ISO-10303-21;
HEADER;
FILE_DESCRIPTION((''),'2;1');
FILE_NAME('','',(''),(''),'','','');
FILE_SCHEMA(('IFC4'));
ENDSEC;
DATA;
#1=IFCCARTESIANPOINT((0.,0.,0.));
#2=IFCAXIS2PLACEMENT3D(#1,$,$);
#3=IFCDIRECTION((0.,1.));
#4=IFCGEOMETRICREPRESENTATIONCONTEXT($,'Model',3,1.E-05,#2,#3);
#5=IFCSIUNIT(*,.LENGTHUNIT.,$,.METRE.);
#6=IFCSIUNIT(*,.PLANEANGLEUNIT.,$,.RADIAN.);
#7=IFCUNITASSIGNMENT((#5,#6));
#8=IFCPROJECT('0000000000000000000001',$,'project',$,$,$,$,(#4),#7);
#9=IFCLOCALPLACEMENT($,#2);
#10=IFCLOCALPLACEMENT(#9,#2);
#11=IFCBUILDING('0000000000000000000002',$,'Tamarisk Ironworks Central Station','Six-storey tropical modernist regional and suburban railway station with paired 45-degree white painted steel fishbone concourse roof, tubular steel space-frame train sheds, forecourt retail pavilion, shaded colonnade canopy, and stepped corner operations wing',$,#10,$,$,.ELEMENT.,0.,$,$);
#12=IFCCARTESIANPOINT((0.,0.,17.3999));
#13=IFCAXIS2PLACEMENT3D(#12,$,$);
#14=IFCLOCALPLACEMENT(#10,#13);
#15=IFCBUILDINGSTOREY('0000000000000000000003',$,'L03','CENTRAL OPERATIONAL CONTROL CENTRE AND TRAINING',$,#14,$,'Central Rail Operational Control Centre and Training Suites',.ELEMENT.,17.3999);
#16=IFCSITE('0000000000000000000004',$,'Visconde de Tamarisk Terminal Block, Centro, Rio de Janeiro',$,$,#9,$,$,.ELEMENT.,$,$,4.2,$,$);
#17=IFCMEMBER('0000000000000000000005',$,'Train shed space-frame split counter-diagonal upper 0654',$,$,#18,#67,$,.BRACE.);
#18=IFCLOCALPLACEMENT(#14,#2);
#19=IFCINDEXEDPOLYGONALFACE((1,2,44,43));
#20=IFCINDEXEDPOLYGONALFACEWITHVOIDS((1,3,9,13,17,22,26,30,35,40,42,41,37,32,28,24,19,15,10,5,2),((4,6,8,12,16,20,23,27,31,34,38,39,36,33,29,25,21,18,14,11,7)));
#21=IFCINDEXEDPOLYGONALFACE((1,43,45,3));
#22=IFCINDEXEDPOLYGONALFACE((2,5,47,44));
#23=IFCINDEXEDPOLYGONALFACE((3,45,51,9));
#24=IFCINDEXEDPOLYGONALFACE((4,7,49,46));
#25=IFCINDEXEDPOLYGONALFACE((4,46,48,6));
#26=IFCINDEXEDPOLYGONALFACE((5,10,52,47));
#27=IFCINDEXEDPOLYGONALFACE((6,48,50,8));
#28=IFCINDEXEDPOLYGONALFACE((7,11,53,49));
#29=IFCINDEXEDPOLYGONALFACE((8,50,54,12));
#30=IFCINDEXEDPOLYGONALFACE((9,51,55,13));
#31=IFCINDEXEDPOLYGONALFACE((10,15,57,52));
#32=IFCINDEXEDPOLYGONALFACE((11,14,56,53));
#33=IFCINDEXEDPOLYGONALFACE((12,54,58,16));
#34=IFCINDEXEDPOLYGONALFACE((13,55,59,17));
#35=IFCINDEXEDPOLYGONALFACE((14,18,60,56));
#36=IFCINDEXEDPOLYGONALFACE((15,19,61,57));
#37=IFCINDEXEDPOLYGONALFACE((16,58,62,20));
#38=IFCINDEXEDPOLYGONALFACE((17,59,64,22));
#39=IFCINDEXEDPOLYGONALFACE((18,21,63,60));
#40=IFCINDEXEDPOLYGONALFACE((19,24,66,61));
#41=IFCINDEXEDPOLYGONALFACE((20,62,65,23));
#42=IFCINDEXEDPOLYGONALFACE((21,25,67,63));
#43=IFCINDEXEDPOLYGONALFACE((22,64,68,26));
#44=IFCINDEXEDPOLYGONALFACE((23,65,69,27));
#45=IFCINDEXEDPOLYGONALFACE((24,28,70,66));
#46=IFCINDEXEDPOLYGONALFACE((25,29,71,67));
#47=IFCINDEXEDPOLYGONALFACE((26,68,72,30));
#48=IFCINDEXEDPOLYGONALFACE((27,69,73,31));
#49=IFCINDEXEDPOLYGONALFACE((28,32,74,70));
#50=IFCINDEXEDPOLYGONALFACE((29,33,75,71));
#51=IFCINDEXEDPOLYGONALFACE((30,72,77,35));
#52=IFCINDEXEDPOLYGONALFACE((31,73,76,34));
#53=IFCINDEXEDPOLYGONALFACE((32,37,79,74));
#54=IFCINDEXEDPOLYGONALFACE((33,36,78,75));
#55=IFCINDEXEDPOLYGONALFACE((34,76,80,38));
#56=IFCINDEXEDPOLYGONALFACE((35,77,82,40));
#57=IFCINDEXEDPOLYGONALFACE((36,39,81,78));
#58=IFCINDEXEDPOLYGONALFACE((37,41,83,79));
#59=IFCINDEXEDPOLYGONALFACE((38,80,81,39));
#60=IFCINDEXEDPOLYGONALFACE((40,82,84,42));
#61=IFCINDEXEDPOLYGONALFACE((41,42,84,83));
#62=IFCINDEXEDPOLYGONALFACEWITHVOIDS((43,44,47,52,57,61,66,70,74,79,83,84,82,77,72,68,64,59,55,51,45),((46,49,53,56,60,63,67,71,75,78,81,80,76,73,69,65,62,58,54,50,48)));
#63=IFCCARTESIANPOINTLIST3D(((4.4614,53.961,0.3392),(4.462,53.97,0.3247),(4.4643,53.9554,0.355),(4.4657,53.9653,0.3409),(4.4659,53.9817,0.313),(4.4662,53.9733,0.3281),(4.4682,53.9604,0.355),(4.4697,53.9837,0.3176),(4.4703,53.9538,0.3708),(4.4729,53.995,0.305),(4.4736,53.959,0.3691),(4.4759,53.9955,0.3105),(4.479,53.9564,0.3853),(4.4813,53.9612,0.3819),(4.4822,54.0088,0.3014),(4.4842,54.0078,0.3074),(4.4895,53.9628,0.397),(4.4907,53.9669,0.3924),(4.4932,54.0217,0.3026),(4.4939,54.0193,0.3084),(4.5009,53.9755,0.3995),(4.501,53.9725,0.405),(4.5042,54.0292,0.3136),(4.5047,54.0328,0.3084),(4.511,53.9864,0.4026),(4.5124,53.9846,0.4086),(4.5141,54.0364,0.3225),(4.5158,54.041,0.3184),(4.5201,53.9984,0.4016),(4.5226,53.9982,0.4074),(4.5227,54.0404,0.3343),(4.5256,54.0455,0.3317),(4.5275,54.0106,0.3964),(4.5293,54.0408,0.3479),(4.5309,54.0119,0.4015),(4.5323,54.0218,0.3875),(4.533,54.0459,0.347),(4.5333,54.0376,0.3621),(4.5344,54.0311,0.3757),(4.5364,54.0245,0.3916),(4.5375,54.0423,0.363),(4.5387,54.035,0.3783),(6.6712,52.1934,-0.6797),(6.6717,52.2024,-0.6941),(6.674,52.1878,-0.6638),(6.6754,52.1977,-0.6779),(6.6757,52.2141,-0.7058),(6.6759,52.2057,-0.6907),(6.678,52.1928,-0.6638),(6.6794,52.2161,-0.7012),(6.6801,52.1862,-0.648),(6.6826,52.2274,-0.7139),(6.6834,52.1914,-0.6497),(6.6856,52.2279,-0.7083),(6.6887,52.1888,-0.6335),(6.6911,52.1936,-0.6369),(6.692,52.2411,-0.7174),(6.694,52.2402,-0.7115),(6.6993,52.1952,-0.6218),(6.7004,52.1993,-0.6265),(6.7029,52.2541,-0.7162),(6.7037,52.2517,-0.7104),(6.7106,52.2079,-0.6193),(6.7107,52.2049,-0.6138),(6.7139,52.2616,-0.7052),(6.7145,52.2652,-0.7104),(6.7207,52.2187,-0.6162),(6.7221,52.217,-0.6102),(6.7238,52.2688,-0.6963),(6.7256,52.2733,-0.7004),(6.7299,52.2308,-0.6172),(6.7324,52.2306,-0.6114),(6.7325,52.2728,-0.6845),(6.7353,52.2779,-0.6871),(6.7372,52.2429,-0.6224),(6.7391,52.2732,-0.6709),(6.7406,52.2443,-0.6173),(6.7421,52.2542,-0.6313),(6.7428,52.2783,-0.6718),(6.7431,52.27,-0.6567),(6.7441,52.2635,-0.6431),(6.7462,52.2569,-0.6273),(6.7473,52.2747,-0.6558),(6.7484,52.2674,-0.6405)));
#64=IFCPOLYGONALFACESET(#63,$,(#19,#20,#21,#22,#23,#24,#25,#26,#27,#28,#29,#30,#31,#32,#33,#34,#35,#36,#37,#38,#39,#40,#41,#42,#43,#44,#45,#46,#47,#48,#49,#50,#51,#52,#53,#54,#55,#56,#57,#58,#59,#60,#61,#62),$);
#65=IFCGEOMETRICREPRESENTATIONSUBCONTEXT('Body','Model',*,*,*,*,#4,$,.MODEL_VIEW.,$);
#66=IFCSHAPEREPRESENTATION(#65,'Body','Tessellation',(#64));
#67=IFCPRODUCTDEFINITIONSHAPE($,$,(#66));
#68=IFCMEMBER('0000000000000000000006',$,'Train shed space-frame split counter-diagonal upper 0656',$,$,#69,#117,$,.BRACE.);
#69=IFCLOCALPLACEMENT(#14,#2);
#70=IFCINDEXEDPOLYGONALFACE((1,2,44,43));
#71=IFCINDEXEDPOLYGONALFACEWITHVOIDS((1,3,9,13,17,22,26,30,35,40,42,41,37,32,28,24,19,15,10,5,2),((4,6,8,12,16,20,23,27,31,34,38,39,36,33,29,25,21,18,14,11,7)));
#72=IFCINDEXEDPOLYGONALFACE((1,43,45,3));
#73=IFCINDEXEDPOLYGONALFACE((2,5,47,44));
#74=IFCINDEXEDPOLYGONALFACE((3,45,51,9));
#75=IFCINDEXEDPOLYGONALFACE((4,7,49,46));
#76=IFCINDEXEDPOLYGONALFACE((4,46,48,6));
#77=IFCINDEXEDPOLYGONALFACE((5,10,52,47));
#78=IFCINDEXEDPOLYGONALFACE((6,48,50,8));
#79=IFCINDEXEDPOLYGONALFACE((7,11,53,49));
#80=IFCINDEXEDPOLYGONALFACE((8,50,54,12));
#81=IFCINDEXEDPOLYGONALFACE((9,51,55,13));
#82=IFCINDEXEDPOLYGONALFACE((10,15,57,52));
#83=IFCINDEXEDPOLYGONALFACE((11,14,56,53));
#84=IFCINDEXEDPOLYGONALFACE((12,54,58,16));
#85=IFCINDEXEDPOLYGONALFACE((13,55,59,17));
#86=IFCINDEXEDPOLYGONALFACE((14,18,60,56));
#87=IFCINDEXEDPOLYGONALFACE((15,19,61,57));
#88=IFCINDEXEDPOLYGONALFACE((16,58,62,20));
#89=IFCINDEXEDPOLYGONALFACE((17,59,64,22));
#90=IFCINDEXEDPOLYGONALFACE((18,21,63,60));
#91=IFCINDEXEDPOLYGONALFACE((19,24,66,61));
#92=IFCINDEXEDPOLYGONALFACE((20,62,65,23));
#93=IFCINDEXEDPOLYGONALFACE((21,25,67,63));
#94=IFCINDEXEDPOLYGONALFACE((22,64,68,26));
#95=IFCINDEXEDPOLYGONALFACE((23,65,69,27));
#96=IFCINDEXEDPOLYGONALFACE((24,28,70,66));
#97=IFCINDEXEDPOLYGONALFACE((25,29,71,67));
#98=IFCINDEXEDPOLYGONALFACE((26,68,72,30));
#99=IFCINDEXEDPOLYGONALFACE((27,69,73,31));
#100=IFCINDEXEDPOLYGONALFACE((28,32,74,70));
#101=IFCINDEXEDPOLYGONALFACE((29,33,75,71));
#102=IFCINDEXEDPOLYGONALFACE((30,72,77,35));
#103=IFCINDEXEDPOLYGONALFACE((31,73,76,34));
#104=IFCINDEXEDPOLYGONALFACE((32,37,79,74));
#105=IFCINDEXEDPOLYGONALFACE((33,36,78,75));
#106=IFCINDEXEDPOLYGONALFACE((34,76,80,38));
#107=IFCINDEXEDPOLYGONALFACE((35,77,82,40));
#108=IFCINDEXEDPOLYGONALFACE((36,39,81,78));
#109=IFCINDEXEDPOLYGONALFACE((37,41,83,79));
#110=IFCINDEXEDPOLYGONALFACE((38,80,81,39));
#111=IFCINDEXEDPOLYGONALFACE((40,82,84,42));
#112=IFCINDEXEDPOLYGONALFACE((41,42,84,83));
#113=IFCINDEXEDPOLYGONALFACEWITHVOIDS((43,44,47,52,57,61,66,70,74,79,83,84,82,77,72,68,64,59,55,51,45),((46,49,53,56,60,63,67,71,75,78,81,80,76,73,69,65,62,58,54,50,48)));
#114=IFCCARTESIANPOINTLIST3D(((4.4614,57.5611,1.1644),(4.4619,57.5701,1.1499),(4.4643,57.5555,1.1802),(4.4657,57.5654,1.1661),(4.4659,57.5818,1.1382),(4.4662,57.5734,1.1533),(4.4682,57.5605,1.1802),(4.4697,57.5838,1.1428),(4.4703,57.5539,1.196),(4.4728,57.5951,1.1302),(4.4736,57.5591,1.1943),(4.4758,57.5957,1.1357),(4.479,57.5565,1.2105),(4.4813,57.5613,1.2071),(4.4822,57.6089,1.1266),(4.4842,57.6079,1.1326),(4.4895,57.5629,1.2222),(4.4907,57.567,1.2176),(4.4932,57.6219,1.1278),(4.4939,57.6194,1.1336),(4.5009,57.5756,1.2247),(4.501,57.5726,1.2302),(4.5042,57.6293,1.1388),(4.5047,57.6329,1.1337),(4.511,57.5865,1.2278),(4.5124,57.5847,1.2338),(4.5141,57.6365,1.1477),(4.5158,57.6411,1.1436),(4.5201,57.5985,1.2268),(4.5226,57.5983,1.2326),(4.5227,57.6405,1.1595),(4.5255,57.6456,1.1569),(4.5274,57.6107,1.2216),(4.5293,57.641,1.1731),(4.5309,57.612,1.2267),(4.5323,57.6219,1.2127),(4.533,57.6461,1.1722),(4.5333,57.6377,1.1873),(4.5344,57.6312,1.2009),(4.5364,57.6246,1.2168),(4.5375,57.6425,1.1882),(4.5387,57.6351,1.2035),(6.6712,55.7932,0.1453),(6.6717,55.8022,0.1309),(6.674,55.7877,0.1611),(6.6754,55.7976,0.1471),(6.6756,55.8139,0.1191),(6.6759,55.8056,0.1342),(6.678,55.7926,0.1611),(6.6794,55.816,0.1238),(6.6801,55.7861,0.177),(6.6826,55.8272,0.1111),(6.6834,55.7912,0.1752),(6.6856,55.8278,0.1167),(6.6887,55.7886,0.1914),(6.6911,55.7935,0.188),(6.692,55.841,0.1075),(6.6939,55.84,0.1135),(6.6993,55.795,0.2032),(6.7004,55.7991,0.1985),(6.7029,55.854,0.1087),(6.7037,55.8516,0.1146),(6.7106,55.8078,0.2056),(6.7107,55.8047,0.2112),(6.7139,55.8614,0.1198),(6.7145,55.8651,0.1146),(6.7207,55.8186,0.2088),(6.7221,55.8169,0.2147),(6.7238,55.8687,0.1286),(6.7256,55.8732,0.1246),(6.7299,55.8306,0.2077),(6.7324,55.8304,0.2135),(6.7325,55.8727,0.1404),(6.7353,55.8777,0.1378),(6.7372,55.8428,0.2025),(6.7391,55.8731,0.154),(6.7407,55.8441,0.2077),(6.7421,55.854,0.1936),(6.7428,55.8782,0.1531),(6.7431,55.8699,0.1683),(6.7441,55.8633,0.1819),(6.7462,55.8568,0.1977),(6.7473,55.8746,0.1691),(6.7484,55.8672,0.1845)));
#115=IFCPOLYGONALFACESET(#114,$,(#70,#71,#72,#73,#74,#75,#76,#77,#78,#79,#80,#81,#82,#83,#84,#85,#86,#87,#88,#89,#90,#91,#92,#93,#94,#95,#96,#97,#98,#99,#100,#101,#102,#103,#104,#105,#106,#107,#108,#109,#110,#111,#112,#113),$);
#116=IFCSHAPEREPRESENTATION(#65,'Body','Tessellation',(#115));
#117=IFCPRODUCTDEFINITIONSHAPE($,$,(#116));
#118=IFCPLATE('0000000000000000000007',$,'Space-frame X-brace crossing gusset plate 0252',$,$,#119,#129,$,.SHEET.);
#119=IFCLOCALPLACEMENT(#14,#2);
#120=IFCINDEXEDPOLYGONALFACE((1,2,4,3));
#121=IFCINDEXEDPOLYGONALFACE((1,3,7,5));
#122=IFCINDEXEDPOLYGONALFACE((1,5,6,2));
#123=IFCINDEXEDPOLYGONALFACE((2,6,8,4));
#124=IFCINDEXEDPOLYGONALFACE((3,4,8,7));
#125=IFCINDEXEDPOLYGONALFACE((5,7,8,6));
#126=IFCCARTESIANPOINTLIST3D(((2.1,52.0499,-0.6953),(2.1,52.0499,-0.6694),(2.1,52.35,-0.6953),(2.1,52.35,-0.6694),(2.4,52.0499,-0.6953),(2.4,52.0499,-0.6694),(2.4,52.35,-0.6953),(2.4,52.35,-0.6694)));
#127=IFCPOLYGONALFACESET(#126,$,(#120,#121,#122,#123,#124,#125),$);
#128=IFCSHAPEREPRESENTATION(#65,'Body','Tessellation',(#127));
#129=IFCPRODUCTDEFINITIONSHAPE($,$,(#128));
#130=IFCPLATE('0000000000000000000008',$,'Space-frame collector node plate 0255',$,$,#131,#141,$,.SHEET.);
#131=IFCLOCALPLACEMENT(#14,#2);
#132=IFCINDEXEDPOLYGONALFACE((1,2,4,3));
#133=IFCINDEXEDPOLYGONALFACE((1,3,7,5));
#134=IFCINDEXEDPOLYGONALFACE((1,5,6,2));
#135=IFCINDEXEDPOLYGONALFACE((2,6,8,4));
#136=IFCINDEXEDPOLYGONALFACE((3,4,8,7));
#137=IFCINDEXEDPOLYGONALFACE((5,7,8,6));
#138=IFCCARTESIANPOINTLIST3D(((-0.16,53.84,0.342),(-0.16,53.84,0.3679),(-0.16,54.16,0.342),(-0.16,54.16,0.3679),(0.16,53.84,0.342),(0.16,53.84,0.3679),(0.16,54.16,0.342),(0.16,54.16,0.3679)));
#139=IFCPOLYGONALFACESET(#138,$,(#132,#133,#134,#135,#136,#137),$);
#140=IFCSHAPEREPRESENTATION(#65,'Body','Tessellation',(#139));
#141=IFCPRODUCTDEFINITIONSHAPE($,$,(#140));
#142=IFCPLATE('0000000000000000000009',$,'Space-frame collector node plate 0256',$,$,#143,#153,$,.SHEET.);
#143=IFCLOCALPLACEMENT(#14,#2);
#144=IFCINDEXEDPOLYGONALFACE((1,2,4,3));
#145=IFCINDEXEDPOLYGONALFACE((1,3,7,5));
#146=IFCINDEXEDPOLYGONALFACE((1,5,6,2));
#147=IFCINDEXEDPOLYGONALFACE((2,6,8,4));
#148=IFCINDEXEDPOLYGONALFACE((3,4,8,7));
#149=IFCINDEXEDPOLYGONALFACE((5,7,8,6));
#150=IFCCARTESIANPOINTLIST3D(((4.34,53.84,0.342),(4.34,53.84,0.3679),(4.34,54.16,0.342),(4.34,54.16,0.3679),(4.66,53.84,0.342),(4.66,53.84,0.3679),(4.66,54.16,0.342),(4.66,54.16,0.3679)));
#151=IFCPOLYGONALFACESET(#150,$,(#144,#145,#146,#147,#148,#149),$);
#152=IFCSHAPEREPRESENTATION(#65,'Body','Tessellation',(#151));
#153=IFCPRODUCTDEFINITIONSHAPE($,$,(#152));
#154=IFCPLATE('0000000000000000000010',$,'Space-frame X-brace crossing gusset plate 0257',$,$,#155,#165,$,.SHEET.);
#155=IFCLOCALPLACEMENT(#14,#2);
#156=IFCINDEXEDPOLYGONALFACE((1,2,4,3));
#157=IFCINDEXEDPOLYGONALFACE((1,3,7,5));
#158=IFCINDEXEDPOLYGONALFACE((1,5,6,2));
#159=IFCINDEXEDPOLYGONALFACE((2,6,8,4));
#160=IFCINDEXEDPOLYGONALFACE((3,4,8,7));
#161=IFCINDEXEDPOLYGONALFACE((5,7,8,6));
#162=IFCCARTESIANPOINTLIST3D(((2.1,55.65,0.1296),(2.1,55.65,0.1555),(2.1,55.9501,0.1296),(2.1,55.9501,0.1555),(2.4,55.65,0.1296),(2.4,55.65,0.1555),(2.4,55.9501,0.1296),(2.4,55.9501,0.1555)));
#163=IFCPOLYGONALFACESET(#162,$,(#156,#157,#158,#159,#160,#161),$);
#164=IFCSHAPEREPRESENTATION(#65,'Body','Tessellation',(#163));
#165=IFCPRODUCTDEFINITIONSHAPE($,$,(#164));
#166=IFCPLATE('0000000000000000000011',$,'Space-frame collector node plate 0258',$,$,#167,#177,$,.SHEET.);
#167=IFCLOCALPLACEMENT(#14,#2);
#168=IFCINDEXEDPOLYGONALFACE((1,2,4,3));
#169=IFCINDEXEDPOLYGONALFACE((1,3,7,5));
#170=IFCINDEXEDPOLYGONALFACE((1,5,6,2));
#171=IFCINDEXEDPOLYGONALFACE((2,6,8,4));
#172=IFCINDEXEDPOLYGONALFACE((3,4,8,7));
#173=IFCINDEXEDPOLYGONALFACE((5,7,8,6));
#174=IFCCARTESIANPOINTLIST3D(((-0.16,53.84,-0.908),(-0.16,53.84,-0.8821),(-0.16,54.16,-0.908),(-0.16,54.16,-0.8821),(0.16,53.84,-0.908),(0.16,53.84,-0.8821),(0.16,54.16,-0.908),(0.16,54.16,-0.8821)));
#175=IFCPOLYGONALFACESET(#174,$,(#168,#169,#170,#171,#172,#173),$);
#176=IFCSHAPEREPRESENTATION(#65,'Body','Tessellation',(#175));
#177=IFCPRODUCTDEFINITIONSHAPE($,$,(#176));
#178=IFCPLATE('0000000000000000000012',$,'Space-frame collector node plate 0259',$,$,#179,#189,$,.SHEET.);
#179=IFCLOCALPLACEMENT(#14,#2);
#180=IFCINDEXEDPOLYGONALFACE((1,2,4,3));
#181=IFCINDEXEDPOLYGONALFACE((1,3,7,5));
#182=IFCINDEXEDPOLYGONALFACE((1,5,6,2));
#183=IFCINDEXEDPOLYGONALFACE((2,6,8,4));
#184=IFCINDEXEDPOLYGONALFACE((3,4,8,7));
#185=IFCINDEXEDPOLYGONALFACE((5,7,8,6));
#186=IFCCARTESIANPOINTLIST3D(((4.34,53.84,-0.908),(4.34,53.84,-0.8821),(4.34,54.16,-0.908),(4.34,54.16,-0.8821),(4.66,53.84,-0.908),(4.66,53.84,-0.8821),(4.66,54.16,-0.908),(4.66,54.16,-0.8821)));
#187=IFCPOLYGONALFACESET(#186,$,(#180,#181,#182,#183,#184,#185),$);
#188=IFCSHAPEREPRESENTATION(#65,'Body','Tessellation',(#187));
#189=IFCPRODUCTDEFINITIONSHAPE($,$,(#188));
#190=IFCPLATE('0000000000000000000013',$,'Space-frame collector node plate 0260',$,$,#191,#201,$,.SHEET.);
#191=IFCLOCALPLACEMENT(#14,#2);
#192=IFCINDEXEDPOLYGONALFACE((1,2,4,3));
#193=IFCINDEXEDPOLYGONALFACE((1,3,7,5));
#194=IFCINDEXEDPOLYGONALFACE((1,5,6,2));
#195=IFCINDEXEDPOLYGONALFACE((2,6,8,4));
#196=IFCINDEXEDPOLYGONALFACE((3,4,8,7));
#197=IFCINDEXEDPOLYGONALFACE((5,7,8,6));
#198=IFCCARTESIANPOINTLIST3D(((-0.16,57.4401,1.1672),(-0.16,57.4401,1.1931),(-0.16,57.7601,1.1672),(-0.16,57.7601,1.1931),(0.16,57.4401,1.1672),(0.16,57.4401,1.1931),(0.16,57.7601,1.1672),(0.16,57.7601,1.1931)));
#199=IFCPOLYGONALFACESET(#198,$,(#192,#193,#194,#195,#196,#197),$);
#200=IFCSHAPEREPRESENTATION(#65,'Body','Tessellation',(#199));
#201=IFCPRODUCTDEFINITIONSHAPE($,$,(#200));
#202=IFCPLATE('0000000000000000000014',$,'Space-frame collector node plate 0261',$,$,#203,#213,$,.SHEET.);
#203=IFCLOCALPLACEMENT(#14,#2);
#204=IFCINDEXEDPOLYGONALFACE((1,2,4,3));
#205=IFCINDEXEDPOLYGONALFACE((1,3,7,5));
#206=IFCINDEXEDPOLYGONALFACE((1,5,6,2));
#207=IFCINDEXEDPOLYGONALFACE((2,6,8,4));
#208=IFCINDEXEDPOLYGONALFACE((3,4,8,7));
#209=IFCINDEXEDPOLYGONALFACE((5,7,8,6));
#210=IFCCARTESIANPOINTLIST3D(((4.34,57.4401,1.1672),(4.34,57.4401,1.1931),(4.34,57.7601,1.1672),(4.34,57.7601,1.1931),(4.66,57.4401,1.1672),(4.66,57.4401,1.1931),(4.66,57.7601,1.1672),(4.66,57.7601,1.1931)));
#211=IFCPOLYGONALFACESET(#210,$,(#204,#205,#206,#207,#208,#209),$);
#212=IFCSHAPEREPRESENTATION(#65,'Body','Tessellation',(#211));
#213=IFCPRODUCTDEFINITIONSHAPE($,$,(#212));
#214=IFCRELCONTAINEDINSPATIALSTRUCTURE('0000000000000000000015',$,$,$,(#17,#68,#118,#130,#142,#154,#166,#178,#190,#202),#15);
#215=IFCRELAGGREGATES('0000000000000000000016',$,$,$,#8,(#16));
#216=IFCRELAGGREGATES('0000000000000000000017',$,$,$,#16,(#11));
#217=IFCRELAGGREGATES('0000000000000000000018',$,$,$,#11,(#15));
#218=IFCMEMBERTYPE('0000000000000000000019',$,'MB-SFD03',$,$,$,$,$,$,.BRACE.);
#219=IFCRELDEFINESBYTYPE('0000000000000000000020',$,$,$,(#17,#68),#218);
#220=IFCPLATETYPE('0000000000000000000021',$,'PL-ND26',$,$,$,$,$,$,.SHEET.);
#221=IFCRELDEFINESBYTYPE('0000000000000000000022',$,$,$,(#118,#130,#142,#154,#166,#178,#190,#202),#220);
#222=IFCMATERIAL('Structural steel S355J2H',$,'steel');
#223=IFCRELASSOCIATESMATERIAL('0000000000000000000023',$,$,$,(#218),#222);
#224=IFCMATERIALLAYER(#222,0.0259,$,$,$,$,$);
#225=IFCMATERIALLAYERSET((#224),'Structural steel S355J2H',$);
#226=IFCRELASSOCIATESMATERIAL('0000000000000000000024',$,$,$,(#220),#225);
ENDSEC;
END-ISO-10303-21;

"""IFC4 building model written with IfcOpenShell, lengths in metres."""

from ifc_helpers import new_model, si_unit, direction, frame, origin, origin_2d, place, context, subcontext, project, spatial, rectangle, hollow_circle, extrude, material, layer, layer_set, material_profile, profile_set, type_object, element, save


model = new_model("IFC4")

# Units and contexts
model_context = context("Model", 3, precision=1e-05, world=origin(), true_north=direction((0.0, 1.0)))
body_context = subcontext(model_context, "Body", "Model", "MODEL_VIEW")
ifc_project = project(units=[si_unit("LENGTHUNIT", "METRE"), si_unit("PLANEANGLEUNIT", "RADIAN")], contexts=[model_context])

# Site, building, storey
site_placement = place(None, origin())
site = spatial("IfcSite", under=ifc_project, at=site_placement, Name="Visconde de Tamarisk Terminal Block, Centro, Rio de Janeiro", CompositionType="ELEMENT", RefElevation=4.2)
building_placement = place(site_placement, origin())
building = spatial("IfcBuilding", under=site, at=building_placement, Name="Tamarisk Ironworks Central Station", Description="Six-storey tropical modernist regional and suburban railway station with paired 45-degree white painted steel fishbone concourse roof, tubular steel space-frame train sheds, forecourt retail pavilion, shaded colonnade canopy, and stepped corner operations wing", CompositionType="ELEMENT", ElevationOfRefHeight=0.0)
storey_placement = place(building_placement, frame((0.0, 0.0, 17.3999)))
storey = spatial("IfcBuildingStorey", under=building, at=storey_placement, Name="L03", Description="CENTRAL OPERATIONAL CONTROL CENTRE AND TRAINING", LongName="Central Rail Operational Control Centre and Training Suites", CompositionType="ELEMENT", Elevation=17.3999)

# Members
ifc_material_1 = material(Name="Structural steel S355J2H", Category="steel")
ifc_material_profile_1 = material_profile(ifc_material_1, hollow_circle(Radius=0.0571, WallThickness=0.0063, at=origin_2d()), Name="CHS 114.3x6.3")
ifc_profile_set_1 = profile_set([ifc_material_profile_1], Name="Structural steel S355J2H")
member_type_1 = type_object("IfcMemberType", Name="MB-SFD03", PredefinedType="BRACE", material=ifc_profile_set_1)
member_1_placement = place(storey_placement, frame((6.7097, 52.2324, -0.6638), z_axis=(-0.734732, 0.587721, 0.338751), x_axis=(-0.624653, -0.780902, 0.0)))
element("IfcMember", 1, at=member_1_placement, inside=storey, type_object=member_type_1, Name="Train shed space-frame split counter-diagonal upper 0654", PredefinedType="BRACE", context=body_context, shape_type="SweptSolid", body=[
    extrude(hollow_circle(Radius=0.0571, WallThickness=0.0063, at=origin_2d()), origin(), (0.0, 0.0, 1.0), 3.0076),
])
member_2_placement = place(storey_placement, frame((6.7097, 55.8323, 0.1611), z_axis=(-0.734677, 0.587758, 0.338807), x_axis=(-0.624706, -0.78086, 0.0)))
element("IfcMember", 2, at=member_2_placement, inside=storey, type_object=member_type_1, Name="Train shed space-frame split counter-diagonal upper 0656", PredefinedType="BRACE", context=body_context, shape_type="SweptSolid", body=[
    extrude(hollow_circle(Radius=0.0571, WallThickness=0.0063, at=origin_2d()), origin(), (0.0, 0.0, 1.0), 3.0078),
])

# Plates
ifc_layer = layer(ifc_material_1, 0.0259)
ifc_layer_set = layer_set([ifc_layer], Name="Structural steel S355J2H")
plate_type = type_object("IfcPlateType", Name="PL-ND26", PredefinedType="SHEET", material=ifc_layer_set)
plate_1_placement = place(storey_placement, frame((2.25, 52.2, -0.6953), z_axis=(0.0, 0.0, 1.0), x_axis=(1.0, 0.0, 0.0)))
element("IfcPlate", 3, at=plate_1_placement, inside=storey, type_object=plate_type, Name="Space-frame X-brace crossing gusset plate 0252", PredefinedType="SHEET", context=body_context, shape_type="SweptSolid", body=[
    extrude(rectangle(XDim=0.3, YDim=0.3, at=origin_2d()), origin(), (0.0, 0.0, 1.0), 0.0259),
])
for number, where, z_axis, x_axis, name in (
    (4, (0.0, 54.0, 0.342), (0.0, 0.0, 1.0), (1.0, 0.0, 0.0), "Space-frame collector node plate 0255"),
    (5, (4.5, 54.0, 0.342), (0.0, 0.0, 1.0), (1.0, 0.0, 0.0), "Space-frame collector node plate 0256"),
):
    element("IfcPlate", number, at=place(storey_placement, frame(where, z_axis=z_axis, x_axis=x_axis)), inside=storey, type_object=plate_type, Name=name, PredefinedType="SHEET", context=body_context, shape_type="SweptSolid", body=[
        extrude(rectangle(XDim=0.3201, YDim=0.3201, at=origin_2d()), origin(), (0.0, 0.0, 1.0), 0.0259),
    ])
plate_2_placement = place(storey_placement, frame((2.25, 55.8, 0.1296), z_axis=(0.0, 0.0, 1.0), x_axis=(1.0, 0.0, 0.0)))
element("IfcPlate", 6, at=plate_2_placement, inside=storey, type_object=plate_type, Name="Space-frame X-brace crossing gusset plate 0257", PredefinedType="SHEET", context=body_context, shape_type="SweptSolid", body=[
    extrude(rectangle(XDim=0.3, YDim=0.3, at=origin_2d()), origin(), (0.0, 0.0, 1.0), 0.0259),
])
for number, where, z_axis, x_axis, name in (
    (7, (0.0, 54.0, -0.908), (0.0, 0.0, 1.0), (1.0, 0.0, 0.0), "Space-frame collector node plate 0258"),
    (8, (4.5, 54.0, -0.908), (0.0, 0.0, 1.0), (1.0, 0.0, 0.0), "Space-frame collector node plate 0259"),
    (9, (0.0, 57.6001, 1.1672), (0.0, 0.0, 1.0), (1.0, 0.0, 0.0), "Space-frame collector node plate 0260"),
    (10, (4.5, 57.6001, 1.1672), (0.0, 0.0, 1.0), (1.0, 0.0, 0.0), "Space-frame collector node plate 0261"),
):
    element("IfcPlate", number, at=place(storey_placement, frame(where, z_axis=z_axis, x_axis=x_axis)), inside=storey, type_object=plate_type, Name=name, PredefinedType="SHEET", context=body_context, shape_type="SweptSolid", body=[
        extrude(rectangle(XDim=0.3201, YDim=0.3201, at=origin_2d()), origin(), (0.0, 0.0, 1.0), 0.0259),
    ])

save(model, "model.ifc")
